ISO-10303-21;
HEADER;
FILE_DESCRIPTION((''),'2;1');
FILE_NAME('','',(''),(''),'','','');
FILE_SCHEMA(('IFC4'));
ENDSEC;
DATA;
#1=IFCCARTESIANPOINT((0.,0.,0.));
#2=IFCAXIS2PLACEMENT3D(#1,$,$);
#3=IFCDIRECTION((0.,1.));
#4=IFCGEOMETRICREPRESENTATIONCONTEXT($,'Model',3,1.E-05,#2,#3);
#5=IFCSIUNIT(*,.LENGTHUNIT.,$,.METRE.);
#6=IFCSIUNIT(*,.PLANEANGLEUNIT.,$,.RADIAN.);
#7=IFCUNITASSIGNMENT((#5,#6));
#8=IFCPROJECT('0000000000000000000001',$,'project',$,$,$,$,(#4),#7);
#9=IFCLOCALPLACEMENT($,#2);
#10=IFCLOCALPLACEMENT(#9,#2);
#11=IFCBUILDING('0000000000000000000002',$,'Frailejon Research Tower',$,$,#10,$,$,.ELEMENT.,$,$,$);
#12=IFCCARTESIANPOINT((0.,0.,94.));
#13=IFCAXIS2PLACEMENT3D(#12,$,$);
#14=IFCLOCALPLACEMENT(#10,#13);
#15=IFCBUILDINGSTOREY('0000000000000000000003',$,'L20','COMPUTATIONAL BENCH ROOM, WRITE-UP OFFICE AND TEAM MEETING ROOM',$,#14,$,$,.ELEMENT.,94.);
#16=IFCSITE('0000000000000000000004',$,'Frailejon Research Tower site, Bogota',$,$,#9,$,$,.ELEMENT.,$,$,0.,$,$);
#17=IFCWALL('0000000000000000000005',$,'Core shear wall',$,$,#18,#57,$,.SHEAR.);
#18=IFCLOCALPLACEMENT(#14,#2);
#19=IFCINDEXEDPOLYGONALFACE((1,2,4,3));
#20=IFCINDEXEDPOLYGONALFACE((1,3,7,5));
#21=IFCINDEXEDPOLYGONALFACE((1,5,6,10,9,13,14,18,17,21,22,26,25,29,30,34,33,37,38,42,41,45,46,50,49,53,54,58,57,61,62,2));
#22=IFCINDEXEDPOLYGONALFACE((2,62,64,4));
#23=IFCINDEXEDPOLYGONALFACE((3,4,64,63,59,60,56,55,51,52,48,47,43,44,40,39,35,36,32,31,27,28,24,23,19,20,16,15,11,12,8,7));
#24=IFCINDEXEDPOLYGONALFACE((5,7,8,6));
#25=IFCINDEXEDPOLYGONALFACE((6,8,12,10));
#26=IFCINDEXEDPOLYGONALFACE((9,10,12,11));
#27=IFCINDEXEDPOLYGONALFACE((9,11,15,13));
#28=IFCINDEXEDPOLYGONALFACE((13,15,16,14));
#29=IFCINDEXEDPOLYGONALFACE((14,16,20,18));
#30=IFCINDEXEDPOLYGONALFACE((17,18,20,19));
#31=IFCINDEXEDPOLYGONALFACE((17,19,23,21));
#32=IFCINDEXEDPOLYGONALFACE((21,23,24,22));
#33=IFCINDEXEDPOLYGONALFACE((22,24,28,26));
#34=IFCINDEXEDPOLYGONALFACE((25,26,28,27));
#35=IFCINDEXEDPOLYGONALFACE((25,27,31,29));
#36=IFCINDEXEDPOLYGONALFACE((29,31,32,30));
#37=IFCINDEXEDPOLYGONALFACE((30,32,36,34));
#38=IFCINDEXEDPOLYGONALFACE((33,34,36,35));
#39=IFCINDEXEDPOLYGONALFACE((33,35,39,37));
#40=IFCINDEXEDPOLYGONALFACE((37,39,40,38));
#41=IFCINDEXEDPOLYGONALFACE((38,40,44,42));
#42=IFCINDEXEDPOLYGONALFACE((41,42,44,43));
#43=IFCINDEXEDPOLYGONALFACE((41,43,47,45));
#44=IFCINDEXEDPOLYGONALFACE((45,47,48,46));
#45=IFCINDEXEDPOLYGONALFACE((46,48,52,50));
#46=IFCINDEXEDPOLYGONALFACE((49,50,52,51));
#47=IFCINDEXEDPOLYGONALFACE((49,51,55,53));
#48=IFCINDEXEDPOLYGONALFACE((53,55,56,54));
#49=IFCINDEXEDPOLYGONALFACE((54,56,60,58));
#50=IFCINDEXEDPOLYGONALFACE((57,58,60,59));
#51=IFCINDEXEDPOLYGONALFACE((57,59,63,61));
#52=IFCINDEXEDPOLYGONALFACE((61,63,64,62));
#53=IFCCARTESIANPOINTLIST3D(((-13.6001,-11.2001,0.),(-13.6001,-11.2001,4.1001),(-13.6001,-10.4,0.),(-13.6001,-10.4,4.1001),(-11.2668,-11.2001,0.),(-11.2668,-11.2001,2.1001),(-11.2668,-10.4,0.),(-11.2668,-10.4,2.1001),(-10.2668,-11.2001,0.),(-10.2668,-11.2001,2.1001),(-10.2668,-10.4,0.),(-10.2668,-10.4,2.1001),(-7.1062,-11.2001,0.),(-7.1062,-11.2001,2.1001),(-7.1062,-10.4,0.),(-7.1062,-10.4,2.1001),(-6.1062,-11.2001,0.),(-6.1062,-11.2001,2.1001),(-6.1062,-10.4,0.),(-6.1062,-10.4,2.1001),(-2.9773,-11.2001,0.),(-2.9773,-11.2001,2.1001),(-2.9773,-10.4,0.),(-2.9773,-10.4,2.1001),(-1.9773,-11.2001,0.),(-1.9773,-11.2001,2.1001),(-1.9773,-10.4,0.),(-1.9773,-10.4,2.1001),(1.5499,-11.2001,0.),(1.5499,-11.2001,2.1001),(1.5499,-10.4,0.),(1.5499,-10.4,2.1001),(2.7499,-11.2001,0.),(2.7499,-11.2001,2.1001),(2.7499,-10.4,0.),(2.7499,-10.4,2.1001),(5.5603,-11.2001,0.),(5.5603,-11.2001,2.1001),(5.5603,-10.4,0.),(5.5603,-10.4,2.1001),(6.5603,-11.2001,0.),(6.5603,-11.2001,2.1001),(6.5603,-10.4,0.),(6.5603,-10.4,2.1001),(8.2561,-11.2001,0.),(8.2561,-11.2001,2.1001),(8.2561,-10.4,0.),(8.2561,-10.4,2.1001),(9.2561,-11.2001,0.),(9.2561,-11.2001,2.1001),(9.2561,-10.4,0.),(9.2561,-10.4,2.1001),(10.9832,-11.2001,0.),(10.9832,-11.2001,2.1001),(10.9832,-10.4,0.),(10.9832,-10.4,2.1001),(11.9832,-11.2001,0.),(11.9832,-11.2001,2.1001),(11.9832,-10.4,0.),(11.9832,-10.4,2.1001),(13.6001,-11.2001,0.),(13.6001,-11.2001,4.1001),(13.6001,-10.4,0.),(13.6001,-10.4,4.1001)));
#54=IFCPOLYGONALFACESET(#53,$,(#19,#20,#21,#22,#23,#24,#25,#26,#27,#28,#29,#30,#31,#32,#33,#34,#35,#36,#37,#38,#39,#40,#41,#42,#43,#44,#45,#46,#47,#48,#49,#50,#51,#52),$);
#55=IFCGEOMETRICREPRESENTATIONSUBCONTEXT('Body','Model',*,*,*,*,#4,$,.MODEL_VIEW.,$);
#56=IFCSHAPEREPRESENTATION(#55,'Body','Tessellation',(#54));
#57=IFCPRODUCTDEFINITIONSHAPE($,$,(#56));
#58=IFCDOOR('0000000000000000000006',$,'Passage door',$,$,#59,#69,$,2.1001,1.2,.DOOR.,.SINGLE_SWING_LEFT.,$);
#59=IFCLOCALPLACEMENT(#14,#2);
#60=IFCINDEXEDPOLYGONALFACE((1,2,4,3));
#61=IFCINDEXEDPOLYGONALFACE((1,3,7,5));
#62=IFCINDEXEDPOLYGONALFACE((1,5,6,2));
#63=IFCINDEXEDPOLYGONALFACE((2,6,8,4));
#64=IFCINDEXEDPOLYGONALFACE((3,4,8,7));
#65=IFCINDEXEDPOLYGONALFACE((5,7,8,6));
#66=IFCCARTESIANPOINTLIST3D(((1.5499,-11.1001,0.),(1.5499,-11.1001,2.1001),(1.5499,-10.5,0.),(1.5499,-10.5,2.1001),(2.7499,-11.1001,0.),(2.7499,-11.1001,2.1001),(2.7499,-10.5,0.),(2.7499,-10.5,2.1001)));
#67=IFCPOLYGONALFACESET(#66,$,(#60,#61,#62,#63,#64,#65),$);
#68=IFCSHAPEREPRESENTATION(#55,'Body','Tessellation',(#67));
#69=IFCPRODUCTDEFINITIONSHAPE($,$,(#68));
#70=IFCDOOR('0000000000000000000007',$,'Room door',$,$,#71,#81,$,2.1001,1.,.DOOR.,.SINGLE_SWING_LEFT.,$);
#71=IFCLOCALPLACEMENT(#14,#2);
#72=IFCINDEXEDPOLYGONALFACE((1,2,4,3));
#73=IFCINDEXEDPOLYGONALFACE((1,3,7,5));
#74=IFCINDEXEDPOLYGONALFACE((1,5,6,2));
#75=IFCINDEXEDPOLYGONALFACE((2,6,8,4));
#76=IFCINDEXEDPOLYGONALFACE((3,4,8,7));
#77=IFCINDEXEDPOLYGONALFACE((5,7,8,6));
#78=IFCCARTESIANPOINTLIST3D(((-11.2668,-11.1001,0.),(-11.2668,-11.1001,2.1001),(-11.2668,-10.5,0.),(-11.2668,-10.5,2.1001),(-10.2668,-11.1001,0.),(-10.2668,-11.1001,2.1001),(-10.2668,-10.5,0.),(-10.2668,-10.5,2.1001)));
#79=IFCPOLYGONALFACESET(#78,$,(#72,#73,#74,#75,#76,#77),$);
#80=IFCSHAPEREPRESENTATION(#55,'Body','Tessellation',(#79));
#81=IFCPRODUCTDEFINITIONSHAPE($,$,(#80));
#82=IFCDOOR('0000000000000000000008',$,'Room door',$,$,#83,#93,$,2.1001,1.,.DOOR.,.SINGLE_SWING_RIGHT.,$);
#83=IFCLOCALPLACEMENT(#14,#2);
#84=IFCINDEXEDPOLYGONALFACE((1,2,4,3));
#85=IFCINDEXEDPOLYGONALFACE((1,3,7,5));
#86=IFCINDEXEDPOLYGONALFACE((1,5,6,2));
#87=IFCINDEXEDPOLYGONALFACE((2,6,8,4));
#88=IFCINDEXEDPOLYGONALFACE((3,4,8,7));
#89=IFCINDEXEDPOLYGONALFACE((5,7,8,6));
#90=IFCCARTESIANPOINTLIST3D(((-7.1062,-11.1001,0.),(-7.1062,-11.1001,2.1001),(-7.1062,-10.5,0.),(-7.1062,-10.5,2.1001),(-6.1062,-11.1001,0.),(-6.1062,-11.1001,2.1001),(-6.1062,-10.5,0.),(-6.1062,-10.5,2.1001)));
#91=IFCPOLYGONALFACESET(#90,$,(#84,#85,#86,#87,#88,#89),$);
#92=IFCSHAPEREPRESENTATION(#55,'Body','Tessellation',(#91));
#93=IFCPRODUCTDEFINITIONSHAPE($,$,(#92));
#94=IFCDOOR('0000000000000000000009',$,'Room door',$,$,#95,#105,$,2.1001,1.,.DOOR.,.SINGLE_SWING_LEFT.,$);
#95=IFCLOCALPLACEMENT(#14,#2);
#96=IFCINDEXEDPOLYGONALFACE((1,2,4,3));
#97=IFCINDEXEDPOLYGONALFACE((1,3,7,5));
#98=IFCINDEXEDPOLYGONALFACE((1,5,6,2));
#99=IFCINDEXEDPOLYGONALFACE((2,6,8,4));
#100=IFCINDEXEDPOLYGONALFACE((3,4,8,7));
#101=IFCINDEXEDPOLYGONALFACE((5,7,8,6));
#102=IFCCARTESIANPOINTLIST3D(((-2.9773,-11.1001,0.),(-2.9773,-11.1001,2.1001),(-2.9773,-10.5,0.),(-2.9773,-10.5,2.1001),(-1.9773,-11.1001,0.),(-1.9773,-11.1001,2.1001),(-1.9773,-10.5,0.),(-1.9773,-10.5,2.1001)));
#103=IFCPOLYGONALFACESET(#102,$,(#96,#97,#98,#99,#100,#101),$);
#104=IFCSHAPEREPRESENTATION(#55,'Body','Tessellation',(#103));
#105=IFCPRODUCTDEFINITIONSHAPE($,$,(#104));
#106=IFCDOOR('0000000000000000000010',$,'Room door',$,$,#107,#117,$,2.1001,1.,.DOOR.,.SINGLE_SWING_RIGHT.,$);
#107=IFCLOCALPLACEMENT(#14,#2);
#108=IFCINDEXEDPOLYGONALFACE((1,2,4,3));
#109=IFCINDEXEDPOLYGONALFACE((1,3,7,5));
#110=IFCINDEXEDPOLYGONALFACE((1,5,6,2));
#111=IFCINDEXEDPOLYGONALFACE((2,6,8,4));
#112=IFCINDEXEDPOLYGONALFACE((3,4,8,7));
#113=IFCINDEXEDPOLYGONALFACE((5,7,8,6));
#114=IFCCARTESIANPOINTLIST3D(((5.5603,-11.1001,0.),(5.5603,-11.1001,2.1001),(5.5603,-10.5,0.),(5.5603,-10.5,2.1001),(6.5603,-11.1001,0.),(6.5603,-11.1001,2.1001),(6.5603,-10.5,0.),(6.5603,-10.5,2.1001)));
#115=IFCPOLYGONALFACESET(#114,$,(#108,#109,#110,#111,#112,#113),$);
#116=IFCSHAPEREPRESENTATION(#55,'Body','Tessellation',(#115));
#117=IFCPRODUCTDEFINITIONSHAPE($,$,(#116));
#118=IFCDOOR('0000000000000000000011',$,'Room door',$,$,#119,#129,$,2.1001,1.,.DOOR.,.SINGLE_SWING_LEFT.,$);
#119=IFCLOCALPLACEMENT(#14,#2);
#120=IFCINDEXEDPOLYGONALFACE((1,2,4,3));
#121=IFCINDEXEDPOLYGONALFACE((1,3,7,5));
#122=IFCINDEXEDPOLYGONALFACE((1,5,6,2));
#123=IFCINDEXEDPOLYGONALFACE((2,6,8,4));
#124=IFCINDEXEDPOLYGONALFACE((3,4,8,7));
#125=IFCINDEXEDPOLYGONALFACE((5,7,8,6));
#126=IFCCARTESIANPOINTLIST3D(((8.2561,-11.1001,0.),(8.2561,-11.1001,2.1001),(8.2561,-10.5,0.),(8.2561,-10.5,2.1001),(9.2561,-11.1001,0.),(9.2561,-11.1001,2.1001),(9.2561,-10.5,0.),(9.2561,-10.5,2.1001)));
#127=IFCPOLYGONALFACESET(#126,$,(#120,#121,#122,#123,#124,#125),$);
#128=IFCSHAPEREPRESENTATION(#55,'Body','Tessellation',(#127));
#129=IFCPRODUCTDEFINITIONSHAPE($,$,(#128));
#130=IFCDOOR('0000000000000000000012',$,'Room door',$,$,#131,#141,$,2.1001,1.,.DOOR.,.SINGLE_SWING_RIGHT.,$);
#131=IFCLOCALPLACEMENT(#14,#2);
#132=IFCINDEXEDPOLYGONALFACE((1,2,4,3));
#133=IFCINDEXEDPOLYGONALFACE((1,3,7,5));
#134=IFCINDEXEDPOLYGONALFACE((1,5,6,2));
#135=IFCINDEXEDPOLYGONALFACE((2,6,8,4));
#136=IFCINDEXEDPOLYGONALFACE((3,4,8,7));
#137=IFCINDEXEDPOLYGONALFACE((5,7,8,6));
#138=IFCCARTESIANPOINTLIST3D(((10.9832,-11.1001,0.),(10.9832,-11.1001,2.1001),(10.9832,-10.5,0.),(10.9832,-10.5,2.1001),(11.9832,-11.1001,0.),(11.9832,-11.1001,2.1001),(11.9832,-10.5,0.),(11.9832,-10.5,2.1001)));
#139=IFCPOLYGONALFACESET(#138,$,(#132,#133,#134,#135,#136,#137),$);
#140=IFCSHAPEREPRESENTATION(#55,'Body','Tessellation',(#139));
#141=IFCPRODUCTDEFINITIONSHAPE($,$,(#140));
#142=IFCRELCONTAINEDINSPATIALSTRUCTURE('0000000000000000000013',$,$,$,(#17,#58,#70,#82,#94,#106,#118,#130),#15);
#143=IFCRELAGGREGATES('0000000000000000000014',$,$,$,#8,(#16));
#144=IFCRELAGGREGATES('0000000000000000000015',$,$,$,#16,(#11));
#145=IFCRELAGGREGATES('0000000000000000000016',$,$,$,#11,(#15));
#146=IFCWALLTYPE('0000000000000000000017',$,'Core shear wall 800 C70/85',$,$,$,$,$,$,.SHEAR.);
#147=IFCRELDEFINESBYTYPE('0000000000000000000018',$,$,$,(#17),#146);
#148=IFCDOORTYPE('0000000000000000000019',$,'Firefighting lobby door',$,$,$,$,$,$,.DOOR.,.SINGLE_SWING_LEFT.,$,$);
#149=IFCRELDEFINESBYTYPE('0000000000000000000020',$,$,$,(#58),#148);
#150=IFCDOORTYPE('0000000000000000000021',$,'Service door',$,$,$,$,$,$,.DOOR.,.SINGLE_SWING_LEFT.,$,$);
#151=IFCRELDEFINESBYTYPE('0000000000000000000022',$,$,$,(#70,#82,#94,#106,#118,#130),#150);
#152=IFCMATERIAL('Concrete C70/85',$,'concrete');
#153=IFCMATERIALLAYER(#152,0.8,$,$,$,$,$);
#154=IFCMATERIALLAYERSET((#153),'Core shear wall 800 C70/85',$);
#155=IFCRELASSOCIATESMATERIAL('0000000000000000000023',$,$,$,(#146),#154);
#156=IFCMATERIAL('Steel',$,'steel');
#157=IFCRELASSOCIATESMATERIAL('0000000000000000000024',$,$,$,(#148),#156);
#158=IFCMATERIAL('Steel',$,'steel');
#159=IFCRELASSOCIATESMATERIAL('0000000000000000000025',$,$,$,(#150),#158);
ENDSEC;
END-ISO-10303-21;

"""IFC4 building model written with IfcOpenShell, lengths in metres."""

from ifc_helpers import new_model, si_unit, direction, frame, frame_2d, origin, place, context, subcontext, project, spatial, rectangle, extrude, material, layer, layer_set, type_object, element, fill, save


model = new_model("IFC4")

# Units and contexts
model_context = context("Model", 3, precision=1e-05, world=origin(), true_north=direction((0.0, 1.0)))
body_context = subcontext(model_context, "Body", "Model", "MODEL_VIEW")
ifc_project = project(units=[si_unit("LENGTHUNIT", "METRE"), si_unit("PLANEANGLEUNIT", "RADIAN")], contexts=[model_context])

# Site, building, storey
site_placement = place(None, origin())
site = spatial("IfcSite", under=ifc_project, at=site_placement, Name="Frailejon Research Tower site, Bogota", CompositionType="ELEMENT", RefElevation=0.0)
building_placement = place(site_placement, origin())
building = spatial("IfcBuilding", under=site, at=building_placement, Name="Frailejon Research Tower", CompositionType="ELEMENT")
storey_placement = place(building_placement, frame((0.0, 0.0, 94.0)))
storey = spatial("IfcBuildingStorey", under=building, at=storey_placement, Name="L20", Description="COMPUTATIONAL BENCH ROOM, WRITE-UP OFFICE AND TEAM MEETING ROOM", CompositionType="ELEMENT", Elevation=94.0)

# Wall, openings, doors
ifc_material_1 = material(Name="Concrete C70/85", Category="concrete")
ifc_layer_1 = layer(ifc_material_1, 0.8)
ifc_layer_set_1 = layer_set([ifc_layer_1], Name="Core shear wall 800 C70/85")
wall_type_1 = type_object("IfcWallType", Name="Core shear wall 800 C70/85", PredefinedType="SHEAR", material=ifc_layer_set_1)
wall_1_placement = place(storey_placement, frame((-13.6001, -10.8, 0.0), z_axis=(0.0, 0.0, 1.0), x_axis=(1.0, 0.0, 0.0)))
wall_1 = element("IfcWall", 1, at=wall_1_placement, inside=storey, type_object=wall_type_1, Name="Core shear wall", PredefinedType="SHEAR", context=body_context, shape_type="SweptSolid", body=[
    extrude(rectangle(XDim=27.2002, YDim=0.8, at=frame_2d((13.6001, 0.0))), origin(), (0.0, 0.0, 1.0), 4.1001),
])
opening_1_placement = place(wall_1_placement, frame((2.3333, 0.0, 0.0)))
opening_1 = element("IfcOpeningElement", 2, at=opening_1_placement, cuts=wall_1, PredefinedType="OPENING", context=body_context, shape_type="SweptSolid", body=[
    extrude(rectangle(XDim=1.0, YDim=2.1001, at=frame_2d((0.5, 1.05))), frame((0.0, 0.4099, 0.0), z_axis=(0.0, -1.0, 0.0), x_axis=(1.0, 0.0, 0.0)), (0.0, 0.0, 1.0), 0.8201),
])
opening_2_placement = place(wall_1_placement, frame((6.4939, 0.0, 0.0)))
opening_2 = element("IfcOpeningElement", 3, at=opening_2_placement, cuts=wall_1, PredefinedType="OPENING", context=body_context, shape_type="SweptSolid", body=[
    extrude(rectangle(XDim=1.0, YDim=2.1001, at=frame_2d((0.5, 1.05))), frame((0.0, 0.4099, 0.0), z_axis=(0.0, -1.0, 0.0), x_axis=(1.0, 0.0, 0.0)), (0.0, 0.0, 1.0), 0.8201),
])
opening_3_placement = place(wall_1_placement, frame((10.6228, 0.0, 0.0)))
opening_3 = element("IfcOpeningElement", 4, at=opening_3_placement, cuts=wall_1, PredefinedType="OPENING", context=body_context, shape_type="SweptSolid", body=[
    extrude(rectangle(XDim=1.0, YDim=2.1001, at=frame_2d((0.5, 1.05))), frame((0.0, 0.4099, 0.0), z_axis=(0.0, -1.0, 0.0), x_axis=(1.0, 0.0, 0.0)), (0.0, 0.0, 1.0), 0.8201),
])
opening_4_placement = place(wall_1_placement, frame((19.1604, 0.0, 0.0)))
opening_4 = element("IfcOpeningElement", 5, at=opening_4_placement, cuts=wall_1, PredefinedType="OPENING", context=body_context, shape_type="SweptSolid", body=[
    extrude(rectangle(XDim=1.0, YDim=2.1001, at=frame_2d((0.5, 1.05))), frame((0.0, 0.4099, 0.0), z_axis=(0.0, -1.0, 0.0), x_axis=(1.0, 0.0, 0.0)), (0.0, 0.0, 1.0), 0.8201),
])
opening_5_placement = place(wall_1_placement, frame((21.8562, 0.0, 0.0)))
opening_5 = element("IfcOpeningElement", 6, at=opening_5_placement, cuts=wall_1, PredefinedType="OPENING", context=body_context, shape_type="SweptSolid", body=[
    extrude(rectangle(XDim=1.0, YDim=2.1001, at=frame_2d((0.5, 1.05))), frame((0.0, 0.4099, 0.0), z_axis=(0.0, -1.0, 0.0), x_axis=(1.0, 0.0, 0.0)), (0.0, 0.0, 1.0), 0.8201),
])
opening_6_placement = place(wall_1_placement, frame((24.5833, 0.0, 0.0)))
opening_6 = element("IfcOpeningElement", 7, at=opening_6_placement, cuts=wall_1, PredefinedType="OPENING", context=body_context, shape_type="SweptSolid", body=[
    extrude(rectangle(XDim=1.0, YDim=2.1001, at=frame_2d((0.5, 1.05))), frame((0.0, 0.4099, 0.0), z_axis=(0.0, -1.0, 0.0), x_axis=(1.0, 0.0, 0.0)), (0.0, 0.0, 1.0), 0.8201),
])
opening_7_placement = place(wall_1_placement, frame((15.1499, 0.0, 0.0)))
opening_7 = element("IfcOpeningElement", 8, at=opening_7_placement, cuts=wall_1, PredefinedType="OPENING", context=body_context, shape_type="SweptSolid", body=[
    extrude(rectangle(XDim=1.2, YDim=2.1001, at=frame_2d((0.6001, 1.05))), frame((0.0, 0.4099, 0.0), z_axis=(0.0, -1.0, 0.0), x_axis=(1.0, 0.0, 0.0)), (0.0, 0.0, 1.0), 0.8201),
])
ifc_material_2 = material(Name="Steel", Category="steel")
door_type_1 = type_object("IfcDoorType", Name="Firefighting lobby door", OperationType="SINGLE_SWING_LEFT", PredefinedType="DOOR", material=ifc_material_2)
door_1_placement = place(opening_7_placement, origin())
door_1 = element("IfcDoor", 9, at=door_1_placement, inside=storey, type_object=door_type_1, Name="Passage door", OperationType="SINGLE_SWING_LEFT", OverallHeight=2.1001, OverallWidth=1.2, PredefinedType="DOOR", context=body_context, shape_type="SweptSolid", body=[
    extrude(rectangle(XDim=1.2, YDim=2.1001, at=frame_2d((0.6001, 1.05))), frame((0.0, 0.3, 0.0), z_axis=(0.0, -1.0, 0.0), x_axis=(1.0, 0.0, 0.0)), (0.0, 0.0, 1.0), 0.6001),
])
fill(opening_7, door_1)
ifc_material_3 = material(Name="Steel", Category="steel")
door_type_2 = type_object("IfcDoorType", Name="Service door", OperationType="SINGLE_SWING_LEFT", PredefinedType="DOOR", material=ifc_material_3)
door_2_placement = place(opening_1_placement, origin())
door_2 = element("IfcDoor", 10, at=door_2_placement, inside=storey, type_object=door_type_2, Name="Room door", OperationType="SINGLE_SWING_LEFT", OverallHeight=2.1001, OverallWidth=1.0, PredefinedType="DOOR", context=body_context, shape_type="SweptSolid", body=[
    extrude(rectangle(XDim=1.0, YDim=2.1001, at=frame_2d((0.5, 1.05))), frame((0.0, 0.3, 0.0), z_axis=(0.0, -1.0, 0.0), x_axis=(1.0, 0.0, 0.0)), (0.0, 0.0, 1.0), 0.6001),
])
fill(opening_1, door_2)
door_3_placement = place(opening_2_placement, origin())
door_3 = element("IfcDoor", 11, at=door_3_placement, inside=storey, type_object=door_type_2, Name="Room door", OperationType="SINGLE_SWING_RIGHT", OverallHeight=2.1001, OverallWidth=1.0, PredefinedType="DOOR", context=body_context, shape_type="SweptSolid", body=[
    extrude(rectangle(XDim=1.0, YDim=2.1001, at=frame_2d((0.5, 1.05))), frame((0.0, 0.3, 0.0), z_axis=(0.0, -1.0, 0.0), x_axis=(1.0, 0.0, 0.0)), (0.0, 0.0, 1.0), 0.6001),
])
fill(opening_2, door_3)
door_4_placement = place(opening_3_placement, origin())
door_4 = element("IfcDoor", 12, at=door_4_placement, inside=storey, type_object=door_type_2, Name="Room door", OperationType="SINGLE_SWING_LEFT", OverallHeight=2.1001, OverallWidth=1.0, PredefinedType="DOOR", context=body_context, shape_type="SweptSolid", body=[
    extrude(rectangle(XDim=1.0, YDim=2.1001, at=frame_2d((0.5, 1.05))), frame((0.0, 0.3, 0.0), z_axis=(0.0, -1.0, 0.0), x_axis=(1.0, 0.0, 0.0)), (0.0, 0.0, 1.0), 0.6001),
])
fill(opening_3, door_4)
door_5_placement = place(opening_4_placement, origin())
door_5 = element("IfcDoor", 13, at=door_5_placement, inside=storey, type_object=door_type_2, Name="Room door", OperationType="SINGLE_SWING_RIGHT", OverallHeight=2.1001, OverallWidth=1.0, PredefinedType="DOOR", context=body_context, shape_type="SweptSolid", body=[
    extrude(rectangle(XDim=1.0, YDim=2.1001, at=frame_2d((0.5, 1.05))), frame((0.0, 0.3, 0.0), z_axis=(0.0, -1.0, 0.0), x_axis=(1.0, 0.0, 0.0)), (0.0, 0.0, 1.0), 0.6001),
])
fill(opening_4, door_5)
door_6_placement = place(opening_5_placement, origin())
door_6 = element("IfcDoor", 14, at=door_6_placement, inside=storey, type_object=door_type_2, Name="Room door", OperationType="SINGLE_SWING_LEFT", OverallHeight=2.1001, OverallWidth=1.0, PredefinedType="DOOR", context=body_context, shape_type="SweptSolid", body=[
    extrude(rectangle(XDim=1.0, YDim=2.1001, at=frame_2d((0.5, 1.05))), frame((0.0, 0.3, 0.0), z_axis=(0.0, -1.0, 0.0), x_axis=(1.0, 0.0, 0.0)), (0.0, 0.0, 1.0), 0.6001),
])
fill(opening_5, door_6)
door_7_placement = place(opening_6_placement, origin())
door_7 = element("IfcDoor", 15, at=door_7_placement, inside=storey, type_object=door_type_2, Name="Room door", OperationType="SINGLE_SWING_RIGHT", OverallHeight=2.1001, OverallWidth=1.0, PredefinedType="DOOR", context=body_context, shape_type="SweptSolid", body=[
    extrude(rectangle(XDim=1.0, YDim=2.1001, at=frame_2d((0.5, 1.05))), frame((0.0, 0.3, 0.0), z_axis=(0.0, -1.0, 0.0), x_axis=(1.0, 0.0, 0.0)), (0.0, 0.0, 1.0), 0.6001),
])
fill(opening_6, door_7)

save(model, "model.ifc")
